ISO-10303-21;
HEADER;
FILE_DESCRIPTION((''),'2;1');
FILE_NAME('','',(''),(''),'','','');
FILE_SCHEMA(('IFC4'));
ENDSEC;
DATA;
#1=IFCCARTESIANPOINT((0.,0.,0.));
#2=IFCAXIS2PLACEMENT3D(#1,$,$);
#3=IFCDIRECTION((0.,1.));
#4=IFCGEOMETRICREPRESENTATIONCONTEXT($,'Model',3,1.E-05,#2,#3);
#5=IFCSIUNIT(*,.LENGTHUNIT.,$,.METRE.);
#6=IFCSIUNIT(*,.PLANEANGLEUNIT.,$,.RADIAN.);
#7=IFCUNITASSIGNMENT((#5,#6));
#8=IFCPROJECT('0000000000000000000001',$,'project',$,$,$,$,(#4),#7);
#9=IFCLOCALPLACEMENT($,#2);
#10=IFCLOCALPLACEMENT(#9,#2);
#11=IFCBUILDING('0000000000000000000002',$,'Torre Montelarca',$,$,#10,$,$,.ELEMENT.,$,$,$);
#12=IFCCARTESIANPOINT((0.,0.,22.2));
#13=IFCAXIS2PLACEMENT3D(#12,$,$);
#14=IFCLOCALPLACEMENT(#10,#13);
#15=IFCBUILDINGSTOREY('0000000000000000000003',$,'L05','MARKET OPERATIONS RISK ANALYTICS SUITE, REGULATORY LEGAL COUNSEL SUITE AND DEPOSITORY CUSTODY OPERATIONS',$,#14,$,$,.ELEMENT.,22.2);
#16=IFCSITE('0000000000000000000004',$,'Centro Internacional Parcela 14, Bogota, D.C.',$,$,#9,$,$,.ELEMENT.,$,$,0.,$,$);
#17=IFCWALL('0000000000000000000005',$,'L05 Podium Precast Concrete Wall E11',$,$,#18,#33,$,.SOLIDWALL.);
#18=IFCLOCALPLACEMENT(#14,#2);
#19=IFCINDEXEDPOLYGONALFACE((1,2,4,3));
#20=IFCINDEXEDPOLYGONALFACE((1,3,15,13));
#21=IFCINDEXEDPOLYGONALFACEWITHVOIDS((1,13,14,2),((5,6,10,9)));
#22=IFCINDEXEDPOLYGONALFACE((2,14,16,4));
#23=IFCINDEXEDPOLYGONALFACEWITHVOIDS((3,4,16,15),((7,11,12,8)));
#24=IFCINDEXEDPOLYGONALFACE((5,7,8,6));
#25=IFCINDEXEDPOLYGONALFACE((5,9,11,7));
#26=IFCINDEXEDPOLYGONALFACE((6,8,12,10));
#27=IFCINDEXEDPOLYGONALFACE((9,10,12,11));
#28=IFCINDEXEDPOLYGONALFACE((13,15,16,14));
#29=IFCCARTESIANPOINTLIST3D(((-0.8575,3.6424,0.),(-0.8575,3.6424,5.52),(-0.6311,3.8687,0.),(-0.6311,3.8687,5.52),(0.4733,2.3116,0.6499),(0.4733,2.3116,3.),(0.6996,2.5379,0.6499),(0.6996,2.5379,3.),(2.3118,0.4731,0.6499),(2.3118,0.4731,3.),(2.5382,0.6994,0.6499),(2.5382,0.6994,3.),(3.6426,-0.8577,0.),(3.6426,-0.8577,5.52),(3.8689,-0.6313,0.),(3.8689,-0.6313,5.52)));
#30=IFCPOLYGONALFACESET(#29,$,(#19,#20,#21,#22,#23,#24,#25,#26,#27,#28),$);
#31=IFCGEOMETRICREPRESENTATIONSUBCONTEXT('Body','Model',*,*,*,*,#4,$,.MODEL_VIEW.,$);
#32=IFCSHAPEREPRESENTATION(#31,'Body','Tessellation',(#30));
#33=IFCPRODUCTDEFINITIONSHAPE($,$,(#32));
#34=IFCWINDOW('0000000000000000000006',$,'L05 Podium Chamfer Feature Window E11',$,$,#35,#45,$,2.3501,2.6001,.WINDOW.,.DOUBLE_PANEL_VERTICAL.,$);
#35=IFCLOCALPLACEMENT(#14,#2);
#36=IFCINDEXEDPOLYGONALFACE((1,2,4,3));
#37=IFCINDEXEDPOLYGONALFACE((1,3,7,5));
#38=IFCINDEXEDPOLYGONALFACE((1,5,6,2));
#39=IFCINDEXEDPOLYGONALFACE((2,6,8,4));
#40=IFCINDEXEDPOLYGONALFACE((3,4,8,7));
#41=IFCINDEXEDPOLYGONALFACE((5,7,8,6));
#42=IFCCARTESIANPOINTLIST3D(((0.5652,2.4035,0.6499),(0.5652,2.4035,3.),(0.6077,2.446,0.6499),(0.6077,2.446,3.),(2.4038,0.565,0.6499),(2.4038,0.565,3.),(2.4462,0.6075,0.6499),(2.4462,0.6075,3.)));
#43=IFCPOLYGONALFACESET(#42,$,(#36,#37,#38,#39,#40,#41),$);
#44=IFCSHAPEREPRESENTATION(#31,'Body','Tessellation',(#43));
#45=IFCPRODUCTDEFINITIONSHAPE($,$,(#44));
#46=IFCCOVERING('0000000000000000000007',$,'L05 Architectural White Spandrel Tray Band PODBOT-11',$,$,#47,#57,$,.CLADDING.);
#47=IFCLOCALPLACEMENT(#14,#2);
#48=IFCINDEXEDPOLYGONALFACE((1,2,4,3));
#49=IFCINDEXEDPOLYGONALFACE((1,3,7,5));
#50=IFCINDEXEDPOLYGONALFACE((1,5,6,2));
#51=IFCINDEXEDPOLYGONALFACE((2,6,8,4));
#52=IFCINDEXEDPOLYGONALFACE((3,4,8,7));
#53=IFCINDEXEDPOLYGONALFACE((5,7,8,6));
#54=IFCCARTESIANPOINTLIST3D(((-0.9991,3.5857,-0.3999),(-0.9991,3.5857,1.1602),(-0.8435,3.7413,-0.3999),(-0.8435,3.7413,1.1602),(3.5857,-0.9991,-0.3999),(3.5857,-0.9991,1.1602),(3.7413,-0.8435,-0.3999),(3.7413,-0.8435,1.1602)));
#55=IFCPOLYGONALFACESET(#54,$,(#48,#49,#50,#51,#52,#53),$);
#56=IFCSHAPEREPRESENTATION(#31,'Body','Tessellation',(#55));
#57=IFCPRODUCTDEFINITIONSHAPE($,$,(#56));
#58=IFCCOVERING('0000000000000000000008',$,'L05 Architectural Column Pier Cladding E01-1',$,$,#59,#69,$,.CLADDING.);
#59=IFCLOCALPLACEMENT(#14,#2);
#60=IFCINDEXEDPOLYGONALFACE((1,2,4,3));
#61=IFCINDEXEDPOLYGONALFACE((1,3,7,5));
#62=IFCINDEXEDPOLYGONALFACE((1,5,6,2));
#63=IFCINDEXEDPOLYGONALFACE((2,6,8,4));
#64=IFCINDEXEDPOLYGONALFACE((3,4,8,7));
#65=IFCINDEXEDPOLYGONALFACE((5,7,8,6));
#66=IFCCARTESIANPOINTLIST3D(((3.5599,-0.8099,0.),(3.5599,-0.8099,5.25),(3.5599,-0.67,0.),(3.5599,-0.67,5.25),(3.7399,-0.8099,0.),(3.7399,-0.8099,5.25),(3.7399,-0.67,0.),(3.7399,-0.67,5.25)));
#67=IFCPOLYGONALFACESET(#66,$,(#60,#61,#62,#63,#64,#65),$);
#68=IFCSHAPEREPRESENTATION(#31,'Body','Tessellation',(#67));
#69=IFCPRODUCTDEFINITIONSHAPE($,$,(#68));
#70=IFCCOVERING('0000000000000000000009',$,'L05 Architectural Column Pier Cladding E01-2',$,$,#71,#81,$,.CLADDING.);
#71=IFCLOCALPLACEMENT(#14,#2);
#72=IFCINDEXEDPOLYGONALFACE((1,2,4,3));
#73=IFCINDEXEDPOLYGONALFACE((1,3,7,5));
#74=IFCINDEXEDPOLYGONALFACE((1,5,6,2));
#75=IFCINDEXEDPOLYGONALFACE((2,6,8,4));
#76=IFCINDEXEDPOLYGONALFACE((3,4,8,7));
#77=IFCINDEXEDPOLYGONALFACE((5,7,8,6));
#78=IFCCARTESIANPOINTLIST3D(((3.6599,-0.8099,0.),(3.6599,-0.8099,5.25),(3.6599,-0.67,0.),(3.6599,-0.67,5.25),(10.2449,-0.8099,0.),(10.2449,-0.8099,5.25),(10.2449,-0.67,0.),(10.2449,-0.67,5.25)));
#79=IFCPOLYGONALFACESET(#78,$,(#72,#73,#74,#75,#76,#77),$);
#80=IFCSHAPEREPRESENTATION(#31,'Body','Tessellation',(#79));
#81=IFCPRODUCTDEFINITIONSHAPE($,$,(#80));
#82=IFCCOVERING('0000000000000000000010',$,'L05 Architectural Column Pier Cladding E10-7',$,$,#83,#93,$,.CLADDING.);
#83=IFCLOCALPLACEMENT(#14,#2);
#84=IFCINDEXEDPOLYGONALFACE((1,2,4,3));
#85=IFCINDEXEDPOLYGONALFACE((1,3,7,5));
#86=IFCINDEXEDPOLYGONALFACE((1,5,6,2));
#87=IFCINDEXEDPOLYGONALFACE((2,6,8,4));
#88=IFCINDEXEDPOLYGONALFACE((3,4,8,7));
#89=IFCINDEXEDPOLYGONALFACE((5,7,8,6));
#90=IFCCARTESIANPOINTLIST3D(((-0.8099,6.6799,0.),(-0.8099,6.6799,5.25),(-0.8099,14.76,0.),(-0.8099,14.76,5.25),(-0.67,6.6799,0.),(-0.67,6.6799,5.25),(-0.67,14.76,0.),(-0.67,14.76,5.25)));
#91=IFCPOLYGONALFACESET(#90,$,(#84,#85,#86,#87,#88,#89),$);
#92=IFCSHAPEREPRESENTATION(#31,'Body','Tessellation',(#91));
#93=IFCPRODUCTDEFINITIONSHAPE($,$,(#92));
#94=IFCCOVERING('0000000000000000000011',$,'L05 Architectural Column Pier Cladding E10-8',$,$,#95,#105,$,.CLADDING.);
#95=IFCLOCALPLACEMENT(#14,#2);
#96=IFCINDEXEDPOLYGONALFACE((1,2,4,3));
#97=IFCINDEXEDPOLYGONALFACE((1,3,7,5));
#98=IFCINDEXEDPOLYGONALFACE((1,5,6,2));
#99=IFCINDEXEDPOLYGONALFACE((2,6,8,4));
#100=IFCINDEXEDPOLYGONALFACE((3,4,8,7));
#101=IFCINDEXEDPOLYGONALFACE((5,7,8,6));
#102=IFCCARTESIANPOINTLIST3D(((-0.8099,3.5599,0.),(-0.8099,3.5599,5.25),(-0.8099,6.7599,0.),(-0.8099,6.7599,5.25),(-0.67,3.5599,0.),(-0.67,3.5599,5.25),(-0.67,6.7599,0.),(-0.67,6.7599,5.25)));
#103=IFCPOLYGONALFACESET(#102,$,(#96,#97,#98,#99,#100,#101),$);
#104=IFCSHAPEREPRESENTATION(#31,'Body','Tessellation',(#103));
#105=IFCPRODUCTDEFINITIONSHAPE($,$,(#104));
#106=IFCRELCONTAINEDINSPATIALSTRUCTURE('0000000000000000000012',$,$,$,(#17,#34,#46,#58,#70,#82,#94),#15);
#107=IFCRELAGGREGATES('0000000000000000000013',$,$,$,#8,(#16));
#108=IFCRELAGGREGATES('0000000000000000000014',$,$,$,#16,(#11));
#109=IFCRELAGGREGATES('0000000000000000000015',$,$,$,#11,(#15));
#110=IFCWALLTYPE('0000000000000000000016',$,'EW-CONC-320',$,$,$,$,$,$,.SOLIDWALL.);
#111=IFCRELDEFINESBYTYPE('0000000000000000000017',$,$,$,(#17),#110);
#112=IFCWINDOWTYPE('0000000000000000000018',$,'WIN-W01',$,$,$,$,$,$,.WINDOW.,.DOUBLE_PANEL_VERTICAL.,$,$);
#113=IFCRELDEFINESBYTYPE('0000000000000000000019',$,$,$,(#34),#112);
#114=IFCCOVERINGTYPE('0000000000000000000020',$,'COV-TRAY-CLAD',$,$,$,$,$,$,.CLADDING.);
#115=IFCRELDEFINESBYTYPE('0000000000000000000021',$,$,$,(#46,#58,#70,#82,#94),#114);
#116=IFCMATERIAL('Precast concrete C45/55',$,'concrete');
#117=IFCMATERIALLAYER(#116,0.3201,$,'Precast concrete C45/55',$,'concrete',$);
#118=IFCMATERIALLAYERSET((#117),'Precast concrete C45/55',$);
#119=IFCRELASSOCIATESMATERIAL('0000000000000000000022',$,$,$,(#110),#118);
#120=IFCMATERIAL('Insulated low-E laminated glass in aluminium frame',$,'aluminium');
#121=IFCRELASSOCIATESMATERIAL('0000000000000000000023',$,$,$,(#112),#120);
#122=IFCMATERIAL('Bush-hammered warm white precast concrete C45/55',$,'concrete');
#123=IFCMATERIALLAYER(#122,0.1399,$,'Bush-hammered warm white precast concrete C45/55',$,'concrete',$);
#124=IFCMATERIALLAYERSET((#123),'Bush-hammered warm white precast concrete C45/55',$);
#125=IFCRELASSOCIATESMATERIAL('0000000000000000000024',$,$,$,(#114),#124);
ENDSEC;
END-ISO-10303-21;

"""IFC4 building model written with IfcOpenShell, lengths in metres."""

from ifc_helpers import new_model, si_unit, direction, frame, frame_2d, origin, origin_2d, place, context, subcontext, project, spatial, rectangle, extrude, source, transform, mapped, material, layer, layer_set, type_object, element, fill, save


model = new_model("IFC4")

# Units and contexts
model_context = context("Model", 3, precision=1e-05, world=origin(), true_north=direction((0.0, 1.0)))
body_context = subcontext(model_context, "Body", "Model", "MODEL_VIEW")
ifc_project = project(units=[si_unit("LENGTHUNIT", "METRE"), si_unit("PLANEANGLEUNIT", "RADIAN")], contexts=[model_context])

# Site, building, storey
site_placement = place(None, origin())
site = spatial("IfcSite", under=ifc_project, at=site_placement, Name="Centro Internacional Parcela 14, Bogota, D.C.", CompositionType="ELEMENT", RefElevation=0.0)
building_placement = place(site_placement, origin())
building = spatial("IfcBuilding", under=site, at=building_placement, Name="Torre Montelarca", CompositionType="ELEMENT")
storey_placement = place(building_placement, frame((0.0, 0.0, 22.2)))
storey = spatial("IfcBuildingStorey", under=building, at=storey_placement, Name="L05", Description="MARKET OPERATIONS RISK ANALYTICS SUITE, REGULATORY LEGAL COUNSEL SUITE AND DEPOSITORY CUSTODY OPERATIONS", CompositionType="ELEMENT", Elevation=22.2)

# Wall, opening, window
ifc_material_1 = material(Name="Precast concrete C45/55", Category="concrete")
ifc_layer_1 = layer(ifc_material_1, 0.3201, Name="Precast concrete C45/55", Category="concrete")
ifc_layer_set_1 = layer_set([ifc_layer_1], Name="Precast concrete C45/55")
wall_type = type_object("IfcWallType", Name="EW-CONC-320", PredefinedType="SOLIDWALL", material=ifc_layer_set_1)
wall_placement = place(storey_placement, frame((-0.7444, 3.7556, 0.0), z_axis=(0.0, 0.0, 1.0), x_axis=(0.707107, -0.707107, 0.0)))
wall = element("IfcWall", 1, at=wall_placement, inside=storey, type_object=wall_type, Name="L05 Podium Precast Concrete Wall E11", PredefinedType="SOLIDWALL", context=body_context, shape_type="SweptSolid", body=[
    extrude(rectangle(XDim=6.364, YDim=0.3201, at=frame_2d((3.1821, 0.0))), origin(), (0.0, 0.0, 1.0), 5.52),
])
opening_placement = place(wall_placement, frame((1.8821, 0.0, 0.6499)))
opening = element("IfcOpeningElement", 2, at=opening_placement, cuts=wall, PredefinedType="OPENING", context=body_context, shape_type="SweptSolid", body=[
    extrude(rectangle(XDim=2.6001, YDim=2.3501, at=frame_2d((1.3, 1.175))), frame((0.0, 0.1699, 0.0), z_axis=(0.0, -1.0, 0.0), x_axis=(1.0, 0.0, 0.0)), (0.0, 0.0, 1.0), 0.3401),
])
ifc_material_2 = material(Name="Insulated low-E laminated glass in aluminium frame", Category="aluminium")
window_type = type_object("IfcWindowType", Name="WIN-W01", PartitioningType="DOUBLE_PANEL_VERTICAL", PredefinedType="WINDOW", material=ifc_material_2)
shared_shape_1 = source(origin(), body_context, "Body", "SweptSolid", [
    extrude(rectangle(XDim=2.6001, YDim=2.3501, at=frame_2d((1.3, 1.175))), frame((0.0, 0.03, 0.0), z_axis=(0.0, -1.0, 0.0), x_axis=(1.0, 0.0, 0.0)), (0.0, 0.0, 1.0), 0.0601),
])
window_placement = place(opening_placement, origin())
window = element("IfcWindow", 3, at=window_placement, inside=storey, type_object=window_type, Name="L05 Podium Chamfer Feature Window E11", OverallHeight=2.3501, OverallWidth=2.6001, PartitioningType="DOUBLE_PANEL_VERTICAL", PredefinedType="WINDOW", context=body_context, shape_type="MappedRepresentation", body=[
    mapped(shared_shape_1, transform((0.0, 0.0, 0.0), scale=1.0)),
])
fill(opening, window)

# Coverings
ifc_material_3 = material(Name="Bush-hammered warm white precast concrete C45/55", Category="concrete")
ifc_layer_2 = layer(ifc_material_3, 0.1399, Name="Bush-hammered warm white precast concrete C45/55", Category="concrete")
ifc_layer_set_2 = layer_set([ifc_layer_2], Name="Bush-hammered warm white precast concrete C45/55")
covering_type = type_object("IfcCoveringType", Name="COV-TRAY-CLAD", PredefinedType="CLADDING", material=ifc_layer_set_2)
shared_shape_2 = source(origin(), body_context, "Body", "SweptSolid", [
    extrude(rectangle(XDim=6.4839, YDim=0.22, at=origin_2d()), origin(), (0.0, 0.0, 1.0), 1.5601),
])
covering_1_placement = place(storey_placement, frame((1.3711, 1.3711, -0.3999), z_axis=(0.0, 0.0, 1.0), x_axis=(0.707107, -0.707107, 0.0)))
element("IfcCovering", 4, at=covering_1_placement, inside=storey, type_object=covering_type, Name="L05 Architectural White Spandrel Tray Band PODBOT-11", PredefinedType="CLADDING", context=body_context, shape_type="MappedRepresentation", body=[
    mapped(shared_shape_2, transform((0.0, 0.0, 0.0), scale=1.0)),
])
shared_shape_3 = source(origin(), body_context, "Body", "SweptSolid", [
    extrude(rectangle(XDim=0.1799, YDim=0.1399, at=origin_2d()), origin(), (0.0, 0.0, 1.0), 5.25),
])
covering_2_placement = place(storey_placement, frame((3.6499, -0.74, 0.0), z_axis=(0.0, 0.0, 1.0), x_axis=(1.0, 0.0, 0.0)))
element("IfcCovering", 5, at=covering_2_placement, inside=storey, type_object=covering_type, Name="L05 Architectural Column Pier Cladding E01-1", PredefinedType="CLADDING", context=body_context, shape_type="MappedRepresentation", body=[
    mapped(shared_shape_3, transform((0.0, 0.0, 0.0), scale=1.0)),
])
shared_shape_4 = source(origin(), body_context, "Body", "SweptSolid", [
    extrude(rectangle(XDim=6.585, YDim=0.1399, at=origin_2d()), origin(), (0.0, 0.0, 1.0), 5.25),
])
covering_3_placement = place(storey_placement, frame((6.9524, -0.74, 0.0), z_axis=(0.0, 0.0, 1.0), x_axis=(1.0, 0.0, 0.0)))
element("IfcCovering", 6, at=covering_3_placement, inside=storey, type_object=covering_type, Name="L05 Architectural Column Pier Cladding E01-2", PredefinedType="CLADDING", context=body_context, shape_type="MappedRepresentation", body=[
    mapped(shared_shape_4, transform((0.0, 0.0, 0.0), scale=1.0)),
])
shared_shape_5 = source(origin(), body_context, "Body", "SweptSolid", [
    extrude(rectangle(XDim=8.0801, YDim=0.1399, at=origin_2d()), origin(), (0.0, 0.0, 1.0), 5.25),
])
covering_4_placement = place(storey_placement, frame((-0.74, 10.72, 0.0), z_axis=(0.0, 0.0, 1.0), x_axis=(0.0, -1.0, 0.0)))
element("IfcCovering", 7, at=covering_4_placement, inside=storey, type_object=covering_type, Name="L05 Architectural Column Pier Cladding E10-7", PredefinedType="CLADDING", context=body_context, shape_type="MappedRepresentation", body=[
    mapped(shared_shape_5, transform((0.0, 0.0, 0.0), scale=1.0)),
])
shared_shape_6 = source(origin(), body_context, "Body", "SweptSolid", [
    extrude(rectangle(XDim=3.2, YDim=0.1399, at=origin_2d()), origin(), (0.0, 0.0, 1.0), 5.25),
])
covering_5_placement = place(storey_placement, frame((-0.74, 5.1599, 0.0), z_axis=(0.0, 0.0, 1.0), x_axis=(0.0, -1.0, 0.0)))
element("IfcCovering", 8, at=covering_5_placement, inside=storey, type_object=covering_type, Name="L05 Architectural Column Pier Cladding E10-8", PredefinedType="CLADDING", context=body_context, shape_type="MappedRepresentation", body=[
    mapped(shared_shape_6, transform((0.0, 0.0, 0.0), scale=1.0)),
])

save(model, "model.ifc")
